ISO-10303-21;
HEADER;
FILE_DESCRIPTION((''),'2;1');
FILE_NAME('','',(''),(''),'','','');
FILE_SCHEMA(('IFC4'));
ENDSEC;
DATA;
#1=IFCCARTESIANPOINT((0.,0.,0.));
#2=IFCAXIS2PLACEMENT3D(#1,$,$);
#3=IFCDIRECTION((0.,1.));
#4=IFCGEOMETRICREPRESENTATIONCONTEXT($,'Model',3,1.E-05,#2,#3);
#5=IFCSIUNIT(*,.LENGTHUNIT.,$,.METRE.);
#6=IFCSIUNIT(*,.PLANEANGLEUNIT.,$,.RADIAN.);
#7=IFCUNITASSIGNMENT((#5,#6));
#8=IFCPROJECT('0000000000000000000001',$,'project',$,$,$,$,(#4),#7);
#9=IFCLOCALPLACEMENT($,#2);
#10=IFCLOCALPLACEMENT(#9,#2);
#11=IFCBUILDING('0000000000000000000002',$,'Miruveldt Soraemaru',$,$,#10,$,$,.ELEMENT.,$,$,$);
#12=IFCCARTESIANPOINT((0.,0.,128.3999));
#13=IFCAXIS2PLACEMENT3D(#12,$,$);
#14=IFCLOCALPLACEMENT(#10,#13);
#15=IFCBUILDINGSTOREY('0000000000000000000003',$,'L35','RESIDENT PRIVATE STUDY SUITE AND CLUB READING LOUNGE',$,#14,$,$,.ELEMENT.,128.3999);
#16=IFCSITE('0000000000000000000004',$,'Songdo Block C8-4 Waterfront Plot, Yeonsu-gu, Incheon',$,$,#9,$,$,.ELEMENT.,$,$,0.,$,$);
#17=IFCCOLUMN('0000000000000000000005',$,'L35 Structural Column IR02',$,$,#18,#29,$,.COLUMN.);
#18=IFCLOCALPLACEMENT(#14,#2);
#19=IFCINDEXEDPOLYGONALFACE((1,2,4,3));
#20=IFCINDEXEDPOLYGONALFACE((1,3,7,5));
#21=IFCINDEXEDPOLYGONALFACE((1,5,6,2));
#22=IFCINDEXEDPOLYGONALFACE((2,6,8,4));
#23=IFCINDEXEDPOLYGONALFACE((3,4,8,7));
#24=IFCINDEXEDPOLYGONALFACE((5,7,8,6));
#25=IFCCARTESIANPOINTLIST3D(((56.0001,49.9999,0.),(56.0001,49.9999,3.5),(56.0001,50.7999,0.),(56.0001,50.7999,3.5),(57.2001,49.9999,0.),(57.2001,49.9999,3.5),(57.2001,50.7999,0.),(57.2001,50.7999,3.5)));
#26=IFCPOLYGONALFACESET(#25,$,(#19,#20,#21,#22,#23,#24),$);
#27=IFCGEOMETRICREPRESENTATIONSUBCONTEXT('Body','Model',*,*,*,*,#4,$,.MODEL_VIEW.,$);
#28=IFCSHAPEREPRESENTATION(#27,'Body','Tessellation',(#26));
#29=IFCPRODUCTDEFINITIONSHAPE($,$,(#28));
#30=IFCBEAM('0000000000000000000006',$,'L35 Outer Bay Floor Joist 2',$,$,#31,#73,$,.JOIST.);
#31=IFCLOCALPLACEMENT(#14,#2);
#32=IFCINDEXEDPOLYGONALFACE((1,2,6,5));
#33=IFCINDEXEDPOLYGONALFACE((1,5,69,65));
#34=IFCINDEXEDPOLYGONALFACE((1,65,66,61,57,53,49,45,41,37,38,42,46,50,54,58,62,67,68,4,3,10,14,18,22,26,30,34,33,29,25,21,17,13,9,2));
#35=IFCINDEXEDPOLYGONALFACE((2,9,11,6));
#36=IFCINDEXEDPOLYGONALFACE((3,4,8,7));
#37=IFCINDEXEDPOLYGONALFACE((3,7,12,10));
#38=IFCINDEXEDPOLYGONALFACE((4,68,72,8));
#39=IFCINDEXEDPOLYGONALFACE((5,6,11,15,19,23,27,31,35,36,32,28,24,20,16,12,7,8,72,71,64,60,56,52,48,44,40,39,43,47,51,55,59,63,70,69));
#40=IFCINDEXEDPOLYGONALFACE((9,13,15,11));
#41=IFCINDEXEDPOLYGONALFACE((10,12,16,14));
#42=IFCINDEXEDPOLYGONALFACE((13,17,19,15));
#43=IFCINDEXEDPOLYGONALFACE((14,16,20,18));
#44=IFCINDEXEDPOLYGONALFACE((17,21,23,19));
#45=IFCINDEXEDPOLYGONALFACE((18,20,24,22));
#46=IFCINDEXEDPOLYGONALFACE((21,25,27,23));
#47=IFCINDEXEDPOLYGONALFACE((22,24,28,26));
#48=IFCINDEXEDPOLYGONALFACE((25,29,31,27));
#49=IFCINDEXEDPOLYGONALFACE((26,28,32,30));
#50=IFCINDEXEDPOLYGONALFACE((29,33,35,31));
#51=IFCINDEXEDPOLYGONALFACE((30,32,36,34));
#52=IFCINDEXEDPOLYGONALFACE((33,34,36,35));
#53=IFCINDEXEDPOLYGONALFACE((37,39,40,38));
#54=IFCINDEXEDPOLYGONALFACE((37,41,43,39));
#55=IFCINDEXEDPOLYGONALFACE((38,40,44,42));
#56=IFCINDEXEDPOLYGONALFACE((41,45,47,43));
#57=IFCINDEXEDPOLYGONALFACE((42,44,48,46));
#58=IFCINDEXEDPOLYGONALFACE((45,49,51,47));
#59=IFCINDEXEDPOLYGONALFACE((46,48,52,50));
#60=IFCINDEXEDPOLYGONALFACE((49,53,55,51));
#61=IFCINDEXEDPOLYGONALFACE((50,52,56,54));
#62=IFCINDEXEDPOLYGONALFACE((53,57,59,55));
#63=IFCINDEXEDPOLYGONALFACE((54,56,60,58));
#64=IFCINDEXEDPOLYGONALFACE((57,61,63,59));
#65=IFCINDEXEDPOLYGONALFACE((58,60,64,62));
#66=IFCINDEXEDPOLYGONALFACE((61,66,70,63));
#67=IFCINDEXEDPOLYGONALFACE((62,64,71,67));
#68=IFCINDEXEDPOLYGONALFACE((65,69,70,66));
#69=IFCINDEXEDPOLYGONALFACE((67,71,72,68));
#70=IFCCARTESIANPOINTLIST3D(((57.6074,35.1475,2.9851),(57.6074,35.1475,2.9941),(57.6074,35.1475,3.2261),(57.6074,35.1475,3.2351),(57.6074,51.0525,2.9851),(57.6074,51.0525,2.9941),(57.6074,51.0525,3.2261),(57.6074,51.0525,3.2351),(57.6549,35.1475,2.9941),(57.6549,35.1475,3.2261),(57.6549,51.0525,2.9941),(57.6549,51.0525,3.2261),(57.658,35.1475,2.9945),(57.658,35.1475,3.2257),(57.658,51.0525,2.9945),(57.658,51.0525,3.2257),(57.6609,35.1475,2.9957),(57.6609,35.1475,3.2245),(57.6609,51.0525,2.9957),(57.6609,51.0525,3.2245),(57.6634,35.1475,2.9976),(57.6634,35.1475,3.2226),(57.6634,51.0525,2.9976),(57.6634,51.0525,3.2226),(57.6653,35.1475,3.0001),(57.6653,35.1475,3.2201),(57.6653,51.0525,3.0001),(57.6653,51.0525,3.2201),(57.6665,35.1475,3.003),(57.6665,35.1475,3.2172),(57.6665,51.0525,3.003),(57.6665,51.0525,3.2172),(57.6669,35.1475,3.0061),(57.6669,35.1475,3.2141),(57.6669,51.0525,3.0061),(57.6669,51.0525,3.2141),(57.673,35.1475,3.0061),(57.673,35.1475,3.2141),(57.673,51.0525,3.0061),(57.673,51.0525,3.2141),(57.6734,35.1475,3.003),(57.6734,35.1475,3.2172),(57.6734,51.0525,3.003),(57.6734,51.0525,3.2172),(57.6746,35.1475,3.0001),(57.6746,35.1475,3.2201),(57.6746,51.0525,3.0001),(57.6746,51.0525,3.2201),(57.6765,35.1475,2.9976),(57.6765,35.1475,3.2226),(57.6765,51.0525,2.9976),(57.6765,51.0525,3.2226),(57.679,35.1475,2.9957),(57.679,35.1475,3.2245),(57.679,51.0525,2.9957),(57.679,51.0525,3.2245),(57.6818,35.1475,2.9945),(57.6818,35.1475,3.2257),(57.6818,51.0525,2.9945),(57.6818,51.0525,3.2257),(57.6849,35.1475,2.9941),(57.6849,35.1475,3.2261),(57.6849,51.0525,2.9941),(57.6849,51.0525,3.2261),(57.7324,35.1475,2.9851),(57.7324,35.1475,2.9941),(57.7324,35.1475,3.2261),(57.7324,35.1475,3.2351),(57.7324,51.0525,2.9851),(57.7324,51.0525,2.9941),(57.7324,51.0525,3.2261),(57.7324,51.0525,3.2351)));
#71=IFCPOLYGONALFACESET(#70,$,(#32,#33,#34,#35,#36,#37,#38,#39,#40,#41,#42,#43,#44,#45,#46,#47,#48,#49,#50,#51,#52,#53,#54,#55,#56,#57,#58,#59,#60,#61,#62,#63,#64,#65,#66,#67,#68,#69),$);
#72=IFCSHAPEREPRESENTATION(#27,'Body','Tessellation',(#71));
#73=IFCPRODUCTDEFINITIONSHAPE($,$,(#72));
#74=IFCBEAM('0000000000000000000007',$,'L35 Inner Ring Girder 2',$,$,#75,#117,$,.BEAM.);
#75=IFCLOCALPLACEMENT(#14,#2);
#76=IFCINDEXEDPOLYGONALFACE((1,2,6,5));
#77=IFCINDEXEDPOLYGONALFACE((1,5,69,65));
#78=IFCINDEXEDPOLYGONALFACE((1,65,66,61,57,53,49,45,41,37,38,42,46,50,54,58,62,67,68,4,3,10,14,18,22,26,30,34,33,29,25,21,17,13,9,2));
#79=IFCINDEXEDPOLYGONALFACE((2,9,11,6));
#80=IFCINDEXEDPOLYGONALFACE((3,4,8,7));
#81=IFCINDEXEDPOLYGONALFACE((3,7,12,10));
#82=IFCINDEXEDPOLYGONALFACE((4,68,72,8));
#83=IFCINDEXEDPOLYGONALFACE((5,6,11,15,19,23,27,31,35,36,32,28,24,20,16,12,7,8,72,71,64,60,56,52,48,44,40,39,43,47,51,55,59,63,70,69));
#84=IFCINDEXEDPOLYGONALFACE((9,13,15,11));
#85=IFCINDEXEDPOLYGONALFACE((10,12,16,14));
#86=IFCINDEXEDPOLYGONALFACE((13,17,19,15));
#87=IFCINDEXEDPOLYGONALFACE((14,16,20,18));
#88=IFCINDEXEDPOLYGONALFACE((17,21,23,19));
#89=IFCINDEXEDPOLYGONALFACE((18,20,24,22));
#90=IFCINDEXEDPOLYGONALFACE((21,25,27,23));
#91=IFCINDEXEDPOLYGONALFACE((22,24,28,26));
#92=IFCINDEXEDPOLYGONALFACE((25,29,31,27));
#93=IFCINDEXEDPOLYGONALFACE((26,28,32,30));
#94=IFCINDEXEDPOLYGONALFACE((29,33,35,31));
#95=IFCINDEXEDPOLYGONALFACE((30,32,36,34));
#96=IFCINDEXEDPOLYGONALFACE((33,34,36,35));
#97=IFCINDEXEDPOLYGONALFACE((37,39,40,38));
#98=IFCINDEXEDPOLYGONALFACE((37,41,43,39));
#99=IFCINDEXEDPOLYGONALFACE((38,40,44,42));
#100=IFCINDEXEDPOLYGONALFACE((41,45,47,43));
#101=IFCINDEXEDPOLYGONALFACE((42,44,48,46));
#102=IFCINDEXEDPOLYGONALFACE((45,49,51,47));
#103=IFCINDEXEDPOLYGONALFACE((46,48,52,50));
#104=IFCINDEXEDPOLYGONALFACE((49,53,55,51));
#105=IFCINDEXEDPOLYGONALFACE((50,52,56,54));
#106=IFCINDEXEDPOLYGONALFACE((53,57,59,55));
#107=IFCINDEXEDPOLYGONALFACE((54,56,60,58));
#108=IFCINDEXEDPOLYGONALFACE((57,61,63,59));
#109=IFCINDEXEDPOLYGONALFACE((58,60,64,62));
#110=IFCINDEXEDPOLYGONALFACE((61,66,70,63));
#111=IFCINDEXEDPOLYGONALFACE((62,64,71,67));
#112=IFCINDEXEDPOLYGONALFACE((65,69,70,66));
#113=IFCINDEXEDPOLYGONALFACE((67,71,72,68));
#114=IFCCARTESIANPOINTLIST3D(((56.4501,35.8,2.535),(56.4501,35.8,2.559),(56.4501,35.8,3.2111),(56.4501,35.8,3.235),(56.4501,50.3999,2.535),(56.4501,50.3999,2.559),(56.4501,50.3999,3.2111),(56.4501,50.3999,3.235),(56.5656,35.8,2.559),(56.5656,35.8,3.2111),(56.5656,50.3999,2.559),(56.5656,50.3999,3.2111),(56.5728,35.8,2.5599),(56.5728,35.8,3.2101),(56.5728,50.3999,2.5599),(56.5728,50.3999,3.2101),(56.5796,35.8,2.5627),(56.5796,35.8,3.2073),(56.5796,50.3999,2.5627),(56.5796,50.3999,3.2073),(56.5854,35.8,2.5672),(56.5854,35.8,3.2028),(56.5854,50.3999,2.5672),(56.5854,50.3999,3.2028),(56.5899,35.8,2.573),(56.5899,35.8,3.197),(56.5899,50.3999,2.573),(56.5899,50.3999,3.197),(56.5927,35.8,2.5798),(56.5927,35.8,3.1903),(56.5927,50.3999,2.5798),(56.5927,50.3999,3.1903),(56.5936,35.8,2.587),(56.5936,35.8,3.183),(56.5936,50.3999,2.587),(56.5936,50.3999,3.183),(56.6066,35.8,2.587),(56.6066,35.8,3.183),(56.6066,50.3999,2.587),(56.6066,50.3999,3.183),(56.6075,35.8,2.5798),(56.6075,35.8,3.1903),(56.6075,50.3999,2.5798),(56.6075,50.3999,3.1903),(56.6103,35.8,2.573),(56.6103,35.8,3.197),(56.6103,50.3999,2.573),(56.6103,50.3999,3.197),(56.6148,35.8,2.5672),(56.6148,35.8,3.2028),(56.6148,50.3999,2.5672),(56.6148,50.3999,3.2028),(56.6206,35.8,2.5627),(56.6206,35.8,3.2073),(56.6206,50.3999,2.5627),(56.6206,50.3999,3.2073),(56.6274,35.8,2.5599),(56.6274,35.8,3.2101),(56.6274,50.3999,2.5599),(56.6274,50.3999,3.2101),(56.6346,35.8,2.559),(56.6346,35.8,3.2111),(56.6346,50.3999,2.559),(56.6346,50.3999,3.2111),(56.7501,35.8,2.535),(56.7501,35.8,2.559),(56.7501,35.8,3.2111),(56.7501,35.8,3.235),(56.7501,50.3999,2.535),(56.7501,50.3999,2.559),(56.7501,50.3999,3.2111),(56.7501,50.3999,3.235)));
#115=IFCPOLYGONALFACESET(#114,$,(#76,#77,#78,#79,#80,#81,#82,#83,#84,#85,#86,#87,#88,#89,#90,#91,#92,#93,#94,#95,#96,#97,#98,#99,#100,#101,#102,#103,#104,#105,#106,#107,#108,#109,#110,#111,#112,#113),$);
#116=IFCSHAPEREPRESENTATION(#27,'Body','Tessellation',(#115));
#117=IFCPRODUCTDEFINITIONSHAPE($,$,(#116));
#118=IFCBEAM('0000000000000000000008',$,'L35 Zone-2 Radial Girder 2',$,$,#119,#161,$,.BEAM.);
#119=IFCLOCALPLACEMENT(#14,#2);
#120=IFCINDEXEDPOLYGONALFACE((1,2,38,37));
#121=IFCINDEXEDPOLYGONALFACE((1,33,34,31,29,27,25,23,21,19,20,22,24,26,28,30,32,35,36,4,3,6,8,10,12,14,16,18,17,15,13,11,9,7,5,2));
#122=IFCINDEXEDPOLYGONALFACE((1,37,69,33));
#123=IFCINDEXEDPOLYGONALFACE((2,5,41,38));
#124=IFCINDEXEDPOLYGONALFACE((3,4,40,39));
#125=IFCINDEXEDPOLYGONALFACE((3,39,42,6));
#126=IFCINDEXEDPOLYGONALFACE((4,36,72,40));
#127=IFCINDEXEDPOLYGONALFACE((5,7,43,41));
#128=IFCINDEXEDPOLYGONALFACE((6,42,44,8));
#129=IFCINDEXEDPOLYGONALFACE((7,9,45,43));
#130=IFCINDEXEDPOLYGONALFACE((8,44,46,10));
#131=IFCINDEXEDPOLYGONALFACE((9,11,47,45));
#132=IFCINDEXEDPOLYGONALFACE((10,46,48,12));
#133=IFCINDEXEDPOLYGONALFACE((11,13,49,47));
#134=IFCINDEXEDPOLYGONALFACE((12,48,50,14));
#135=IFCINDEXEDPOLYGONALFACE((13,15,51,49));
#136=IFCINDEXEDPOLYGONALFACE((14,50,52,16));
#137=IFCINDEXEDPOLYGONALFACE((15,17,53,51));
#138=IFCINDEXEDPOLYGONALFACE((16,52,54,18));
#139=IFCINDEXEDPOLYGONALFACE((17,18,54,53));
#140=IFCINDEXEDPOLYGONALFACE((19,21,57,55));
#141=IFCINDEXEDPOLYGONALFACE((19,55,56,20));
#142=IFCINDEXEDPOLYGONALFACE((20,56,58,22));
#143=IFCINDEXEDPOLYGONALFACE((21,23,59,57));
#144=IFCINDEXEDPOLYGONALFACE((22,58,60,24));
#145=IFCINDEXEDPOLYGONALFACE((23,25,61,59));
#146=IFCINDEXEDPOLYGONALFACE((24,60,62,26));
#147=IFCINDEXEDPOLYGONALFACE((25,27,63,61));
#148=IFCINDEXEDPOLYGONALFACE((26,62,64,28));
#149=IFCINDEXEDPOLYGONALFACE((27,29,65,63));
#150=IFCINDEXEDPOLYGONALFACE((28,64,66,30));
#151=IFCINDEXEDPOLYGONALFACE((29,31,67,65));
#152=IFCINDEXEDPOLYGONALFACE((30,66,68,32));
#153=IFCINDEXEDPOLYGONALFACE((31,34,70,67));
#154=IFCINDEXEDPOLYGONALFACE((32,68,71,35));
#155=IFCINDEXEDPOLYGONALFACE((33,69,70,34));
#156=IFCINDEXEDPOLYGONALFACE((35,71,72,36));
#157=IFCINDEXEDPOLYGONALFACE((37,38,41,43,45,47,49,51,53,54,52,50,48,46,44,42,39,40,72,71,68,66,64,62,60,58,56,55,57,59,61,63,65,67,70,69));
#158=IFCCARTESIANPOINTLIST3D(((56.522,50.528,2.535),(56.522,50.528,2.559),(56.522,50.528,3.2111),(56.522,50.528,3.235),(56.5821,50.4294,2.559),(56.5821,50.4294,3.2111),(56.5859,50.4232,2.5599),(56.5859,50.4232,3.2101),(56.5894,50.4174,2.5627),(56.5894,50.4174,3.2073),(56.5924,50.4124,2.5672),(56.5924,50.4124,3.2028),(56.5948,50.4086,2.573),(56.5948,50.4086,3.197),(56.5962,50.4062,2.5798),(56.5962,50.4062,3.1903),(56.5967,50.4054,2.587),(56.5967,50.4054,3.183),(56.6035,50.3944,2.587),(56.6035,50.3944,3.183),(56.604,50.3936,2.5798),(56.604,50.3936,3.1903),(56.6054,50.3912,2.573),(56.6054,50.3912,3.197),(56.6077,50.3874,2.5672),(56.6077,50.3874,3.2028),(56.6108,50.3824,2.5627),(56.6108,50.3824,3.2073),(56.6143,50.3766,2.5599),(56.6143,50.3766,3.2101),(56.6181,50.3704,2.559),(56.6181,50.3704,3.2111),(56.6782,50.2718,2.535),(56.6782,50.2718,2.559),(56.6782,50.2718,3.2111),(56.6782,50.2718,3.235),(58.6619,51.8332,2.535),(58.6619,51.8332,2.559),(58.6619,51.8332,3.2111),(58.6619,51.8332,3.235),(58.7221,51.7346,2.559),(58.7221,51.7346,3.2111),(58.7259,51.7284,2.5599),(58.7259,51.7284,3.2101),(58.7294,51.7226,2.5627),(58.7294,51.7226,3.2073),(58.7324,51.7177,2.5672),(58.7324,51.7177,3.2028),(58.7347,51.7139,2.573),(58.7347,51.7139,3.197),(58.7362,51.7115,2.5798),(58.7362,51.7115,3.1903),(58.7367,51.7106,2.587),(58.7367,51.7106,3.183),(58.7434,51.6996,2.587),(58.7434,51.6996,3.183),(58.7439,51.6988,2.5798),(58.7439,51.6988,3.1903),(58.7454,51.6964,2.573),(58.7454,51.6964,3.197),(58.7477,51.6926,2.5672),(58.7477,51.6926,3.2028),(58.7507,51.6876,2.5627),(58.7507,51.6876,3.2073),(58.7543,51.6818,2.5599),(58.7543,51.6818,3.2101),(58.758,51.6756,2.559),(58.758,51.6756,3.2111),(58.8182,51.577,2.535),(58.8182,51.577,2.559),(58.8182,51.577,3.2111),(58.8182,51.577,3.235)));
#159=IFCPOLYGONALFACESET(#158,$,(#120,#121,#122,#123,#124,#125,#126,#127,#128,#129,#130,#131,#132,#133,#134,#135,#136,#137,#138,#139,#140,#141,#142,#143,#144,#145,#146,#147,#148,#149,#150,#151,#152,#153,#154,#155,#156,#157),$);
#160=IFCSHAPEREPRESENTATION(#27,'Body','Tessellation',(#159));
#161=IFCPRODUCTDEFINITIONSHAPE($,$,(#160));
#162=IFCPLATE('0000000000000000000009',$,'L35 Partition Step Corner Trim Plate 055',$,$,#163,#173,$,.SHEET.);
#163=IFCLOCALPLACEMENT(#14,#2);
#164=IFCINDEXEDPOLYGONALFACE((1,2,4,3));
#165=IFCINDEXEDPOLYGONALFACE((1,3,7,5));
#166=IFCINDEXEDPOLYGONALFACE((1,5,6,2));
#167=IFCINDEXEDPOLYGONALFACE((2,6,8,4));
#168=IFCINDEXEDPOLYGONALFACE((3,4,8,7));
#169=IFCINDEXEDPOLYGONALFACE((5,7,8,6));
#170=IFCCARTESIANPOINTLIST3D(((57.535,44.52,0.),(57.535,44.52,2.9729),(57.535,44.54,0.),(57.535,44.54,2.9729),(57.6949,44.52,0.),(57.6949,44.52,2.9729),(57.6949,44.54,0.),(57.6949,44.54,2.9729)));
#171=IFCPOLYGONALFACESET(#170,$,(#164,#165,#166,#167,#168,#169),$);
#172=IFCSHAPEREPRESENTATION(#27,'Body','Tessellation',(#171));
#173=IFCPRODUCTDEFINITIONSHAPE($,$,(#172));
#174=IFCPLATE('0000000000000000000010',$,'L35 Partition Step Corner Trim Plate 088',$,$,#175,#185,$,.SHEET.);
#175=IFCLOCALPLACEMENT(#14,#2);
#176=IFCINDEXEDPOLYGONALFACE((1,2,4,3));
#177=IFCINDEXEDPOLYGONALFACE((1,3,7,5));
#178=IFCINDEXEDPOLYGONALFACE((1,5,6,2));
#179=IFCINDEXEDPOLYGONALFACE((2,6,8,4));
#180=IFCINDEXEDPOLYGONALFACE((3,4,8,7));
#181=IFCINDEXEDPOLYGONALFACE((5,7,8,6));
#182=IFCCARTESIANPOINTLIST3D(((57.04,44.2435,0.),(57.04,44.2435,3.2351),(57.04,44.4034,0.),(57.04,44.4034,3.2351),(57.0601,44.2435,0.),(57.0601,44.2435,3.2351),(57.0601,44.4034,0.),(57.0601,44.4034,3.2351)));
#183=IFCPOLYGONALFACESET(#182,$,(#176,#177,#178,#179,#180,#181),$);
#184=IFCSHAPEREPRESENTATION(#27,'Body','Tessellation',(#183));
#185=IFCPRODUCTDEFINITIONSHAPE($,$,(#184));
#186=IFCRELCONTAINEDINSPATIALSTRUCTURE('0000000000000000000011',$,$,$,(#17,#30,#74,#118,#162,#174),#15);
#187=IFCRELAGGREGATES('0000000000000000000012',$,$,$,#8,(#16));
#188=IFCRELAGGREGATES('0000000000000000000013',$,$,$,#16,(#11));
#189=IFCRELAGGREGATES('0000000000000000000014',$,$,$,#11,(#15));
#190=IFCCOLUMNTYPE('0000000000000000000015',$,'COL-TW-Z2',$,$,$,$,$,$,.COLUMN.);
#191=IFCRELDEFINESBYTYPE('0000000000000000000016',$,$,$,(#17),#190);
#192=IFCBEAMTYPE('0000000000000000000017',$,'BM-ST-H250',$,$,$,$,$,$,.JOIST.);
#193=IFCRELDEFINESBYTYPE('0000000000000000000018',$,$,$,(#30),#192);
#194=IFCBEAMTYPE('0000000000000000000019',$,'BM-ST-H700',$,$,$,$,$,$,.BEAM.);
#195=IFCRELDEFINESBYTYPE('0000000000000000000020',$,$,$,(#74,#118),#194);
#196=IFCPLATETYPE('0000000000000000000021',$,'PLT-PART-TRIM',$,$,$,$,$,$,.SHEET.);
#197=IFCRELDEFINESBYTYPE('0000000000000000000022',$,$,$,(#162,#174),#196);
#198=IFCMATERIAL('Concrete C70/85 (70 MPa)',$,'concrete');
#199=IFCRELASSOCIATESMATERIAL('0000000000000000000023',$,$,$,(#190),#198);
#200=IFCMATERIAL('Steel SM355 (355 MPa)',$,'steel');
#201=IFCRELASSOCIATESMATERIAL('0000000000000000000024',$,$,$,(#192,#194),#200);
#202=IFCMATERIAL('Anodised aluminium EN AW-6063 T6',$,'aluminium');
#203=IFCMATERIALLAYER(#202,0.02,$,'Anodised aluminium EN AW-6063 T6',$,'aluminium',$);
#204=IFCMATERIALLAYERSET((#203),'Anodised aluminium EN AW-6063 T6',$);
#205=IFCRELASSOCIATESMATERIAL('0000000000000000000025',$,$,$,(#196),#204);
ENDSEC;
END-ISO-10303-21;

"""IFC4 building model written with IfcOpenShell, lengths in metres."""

from ifc_helpers import new_model, si_unit, direction, frame, origin, origin_2d, place, context, subcontext, project, spatial, rectangle, i_section, extrude, material, layer, layer_set, material_profile, profile_set, type_object, element, save


model = new_model("IFC4")

# Units and contexts
model_context = context("Model", 3, precision=1e-05, world=origin(), true_north=direction((0.0, 1.0)))
body_context = subcontext(model_context, "Body", "Model", "MODEL_VIEW")
ifc_project = project(units=[si_unit("LENGTHUNIT", "METRE"), si_unit("PLANEANGLEUNIT", "RADIAN")], contexts=[model_context])

# Site, building, storey
site_placement = place(None, origin())
site = spatial("IfcSite", under=ifc_project, at=site_placement, Name="Songdo Block C8-4 Waterfront Plot, Yeonsu-gu, Incheon", CompositionType="ELEMENT", RefElevation=0.0)
building_placement = place(site_placement, origin())
building = spatial("IfcBuilding", under=site, at=building_placement, Name="Miruveldt Soraemaru", CompositionType="ELEMENT")
storey_placement = place(building_placement, frame((0.0, 0.0, 128.3999)))
storey = spatial("IfcBuildingStorey", under=building, at=storey_placement, Name="L35", Description="RESIDENT PRIVATE STUDY SUITE AND CLUB READING LOUNGE", CompositionType="ELEMENT", Elevation=128.3999)

# Column
ifc_material_1 = material(Name="Concrete C70/85 (70 MPa)", Category="concrete")
ifc_material_profile_1 = material_profile(ifc_material_1, rectangle(XDim=1.2, YDim=0.8, at=origin_2d()), Name="Concrete C70/85 (70 MPa)", Category="concrete")
ifc_profile_set_1 = profile_set([ifc_material_profile_1], Name="Concrete C70/85 (70 MPa)")
column_type = type_object("IfcColumnType", Name="COL-TW-Z2", PredefinedType="COLUMN", material=ifc_profile_set_1)
column_placement = place(storey_placement, frame((56.6001, 50.3999, 0.0), z_axis=(0.0, 0.0, 1.0), x_axis=(1.0, 0.0, 0.0)))
element("IfcColumn", 1, at=column_placement, inside=storey, type_object=column_type, Name="L35 Structural Column IR02", PredefinedType="COLUMN", context=body_context, shape_type="SweptSolid", body=[
    extrude(rectangle(XDim=1.2, YDim=0.8, at=origin_2d()), origin(), (0.0, 0.0, 1.0), 3.5),
])

# Beams
ifc_material_2 = material(Name="Steel SM355 (355 MPa)", Category="steel")
ifc_material_profile_2 = material_profile(ifc_material_2, i_section(OverallWidth=0.125, OverallDepth=0.25, WebThickness=0.0061, FlangeThickness=0.009, FilletRadius=0.012, at=origin_2d()), Name="Steel SM355 (355 MPa)", Category="steel")
ifc_profile_set_2 = profile_set([ifc_material_profile_2], Name="Steel SM355 (355 MPa)")
beam_type_1 = type_object("IfcBeamType", Name="BM-ST-H250", PredefinedType="JOIST", material=ifc_profile_set_2)
beam_1_placement = place(storey_placement, frame((57.6699, 51.0525, 3.1101), z_axis=(0.0, -1.0, 0.0), x_axis=(1.0, 0.0, 0.0)))
element("IfcBeam", 2, at=beam_1_placement, inside=storey, type_object=beam_type_1, Name="L35 Outer Bay Floor Joist 2", PredefinedType="JOIST", context=body_context, shape_type="SweptSolid", body=[
    extrude(i_section(OverallWidth=0.125, OverallDepth=0.25, WebThickness=0.0061, FlangeThickness=0.009, FilletRadius=0.012, at=origin_2d()), origin(), (0.0, 0.0, 1.0), 15.905),
])
ifc_material_profile_3 = material_profile(ifc_material_2, i_section(OverallWidth=0.3, OverallDepth=0.7, WebThickness=0.0129, FlangeThickness=0.0239, FilletRadius=0.0281, at=origin_2d()), Name="Steel SM355 (355 MPa)", Category="steel")
ifc_profile_set_3 = profile_set([ifc_material_profile_3], Name="Steel SM355 (355 MPa)")
beam_type_2 = type_object("IfcBeamType", Name="BM-ST-H700", PredefinedType="BEAM", material=ifc_profile_set_3)
beam_2_placement = place(storey_placement, frame((56.6001, 50.3999, 2.885), z_axis=(0.0, -1.0, 0.0), x_axis=(1.0, 0.0, 0.0)))
element("IfcBeam", 3, at=beam_2_placement, inside=storey, type_object=beam_type_2, Name="L35 Inner Ring Girder 2", PredefinedType="BEAM", context=body_context, shape_type="SweptSolid", body=[
    extrude(i_section(OverallWidth=0.3, OverallDepth=0.7, WebThickness=0.0129, FlangeThickness=0.0239, FilletRadius=0.0281, at=origin_2d()), origin(), (0.0, 0.0, 1.0), 14.5999),
])
beam_3_placement = place(storey_placement, frame((56.6001, 50.3999, 2.885), z_axis=(0.853732, 0.520713, 0.0), x_axis=(-0.520713, 0.853732, 0.0)))
element("IfcBeam", 4, at=beam_3_placement, inside=storey, type_object=beam_type_2, Name="L35 Zone-2 Radial Girder 2", PredefinedType="BEAM", context=body_context, shape_type="SweptSolid", body=[
    extrude(i_section(OverallWidth=0.3, OverallDepth=0.7, WebThickness=0.0129, FlangeThickness=0.0239, FilletRadius=0.0281, at=origin_2d()), origin(), (0.0, 0.0, 1.0), 2.5066),
])

# Plates
ifc_material_3 = material(Name="Anodised aluminium EN AW-6063 T6", Category="aluminium")
ifc_layer_1 = layer(ifc_material_3, 0.02, Name="Anodised aluminium EN AW-6063 T6", Category="aluminium")
ifc_layer_set_1 = layer_set([ifc_layer_1], Name="Anodised aluminium EN AW-6063 T6")
plate_type = type_object("IfcPlateType", Name="PLT-PART-TRIM", PredefinedType="SHEET", material=ifc_layer_set_1)
plate_1_placement = place(storey_placement, frame((57.615, 44.53, 0.0), z_axis=(0.0, 0.0, 1.0), x_axis=(1.0, 0.0, 0.0)))
element("IfcPlate", 5, at=plate_1_placement, inside=storey, type_object=plate_type, Name="L35 Partition Step Corner Trim Plate 055", PredefinedType="SHEET", context=body_context, shape_type="SweptSolid", body=[
    extrude(rectangle(XDim=0.1599, YDim=0.02, at=origin_2d()), origin(), (0.0, 0.0, 1.0), 2.9729),
])
plate_2_placement = place(storey_placement, frame((57.05, 44.3235, 0.0), z_axis=(0.0, 0.0, 1.0), x_axis=(0.0, 1.0, 0.0)))
element("IfcPlate", 6, at=plate_2_placement, inside=storey, type_object=plate_type, Name="L35 Partition Step Corner Trim Plate 088", PredefinedType="SHEET", context=body_context, shape_type="SweptSolid", body=[
    extrude(rectangle(XDim=0.1599, YDim=0.02, at=origin_2d()), origin(), (0.0, 0.0, 1.0), 3.2351),
])

save(model, "model.ifc")
